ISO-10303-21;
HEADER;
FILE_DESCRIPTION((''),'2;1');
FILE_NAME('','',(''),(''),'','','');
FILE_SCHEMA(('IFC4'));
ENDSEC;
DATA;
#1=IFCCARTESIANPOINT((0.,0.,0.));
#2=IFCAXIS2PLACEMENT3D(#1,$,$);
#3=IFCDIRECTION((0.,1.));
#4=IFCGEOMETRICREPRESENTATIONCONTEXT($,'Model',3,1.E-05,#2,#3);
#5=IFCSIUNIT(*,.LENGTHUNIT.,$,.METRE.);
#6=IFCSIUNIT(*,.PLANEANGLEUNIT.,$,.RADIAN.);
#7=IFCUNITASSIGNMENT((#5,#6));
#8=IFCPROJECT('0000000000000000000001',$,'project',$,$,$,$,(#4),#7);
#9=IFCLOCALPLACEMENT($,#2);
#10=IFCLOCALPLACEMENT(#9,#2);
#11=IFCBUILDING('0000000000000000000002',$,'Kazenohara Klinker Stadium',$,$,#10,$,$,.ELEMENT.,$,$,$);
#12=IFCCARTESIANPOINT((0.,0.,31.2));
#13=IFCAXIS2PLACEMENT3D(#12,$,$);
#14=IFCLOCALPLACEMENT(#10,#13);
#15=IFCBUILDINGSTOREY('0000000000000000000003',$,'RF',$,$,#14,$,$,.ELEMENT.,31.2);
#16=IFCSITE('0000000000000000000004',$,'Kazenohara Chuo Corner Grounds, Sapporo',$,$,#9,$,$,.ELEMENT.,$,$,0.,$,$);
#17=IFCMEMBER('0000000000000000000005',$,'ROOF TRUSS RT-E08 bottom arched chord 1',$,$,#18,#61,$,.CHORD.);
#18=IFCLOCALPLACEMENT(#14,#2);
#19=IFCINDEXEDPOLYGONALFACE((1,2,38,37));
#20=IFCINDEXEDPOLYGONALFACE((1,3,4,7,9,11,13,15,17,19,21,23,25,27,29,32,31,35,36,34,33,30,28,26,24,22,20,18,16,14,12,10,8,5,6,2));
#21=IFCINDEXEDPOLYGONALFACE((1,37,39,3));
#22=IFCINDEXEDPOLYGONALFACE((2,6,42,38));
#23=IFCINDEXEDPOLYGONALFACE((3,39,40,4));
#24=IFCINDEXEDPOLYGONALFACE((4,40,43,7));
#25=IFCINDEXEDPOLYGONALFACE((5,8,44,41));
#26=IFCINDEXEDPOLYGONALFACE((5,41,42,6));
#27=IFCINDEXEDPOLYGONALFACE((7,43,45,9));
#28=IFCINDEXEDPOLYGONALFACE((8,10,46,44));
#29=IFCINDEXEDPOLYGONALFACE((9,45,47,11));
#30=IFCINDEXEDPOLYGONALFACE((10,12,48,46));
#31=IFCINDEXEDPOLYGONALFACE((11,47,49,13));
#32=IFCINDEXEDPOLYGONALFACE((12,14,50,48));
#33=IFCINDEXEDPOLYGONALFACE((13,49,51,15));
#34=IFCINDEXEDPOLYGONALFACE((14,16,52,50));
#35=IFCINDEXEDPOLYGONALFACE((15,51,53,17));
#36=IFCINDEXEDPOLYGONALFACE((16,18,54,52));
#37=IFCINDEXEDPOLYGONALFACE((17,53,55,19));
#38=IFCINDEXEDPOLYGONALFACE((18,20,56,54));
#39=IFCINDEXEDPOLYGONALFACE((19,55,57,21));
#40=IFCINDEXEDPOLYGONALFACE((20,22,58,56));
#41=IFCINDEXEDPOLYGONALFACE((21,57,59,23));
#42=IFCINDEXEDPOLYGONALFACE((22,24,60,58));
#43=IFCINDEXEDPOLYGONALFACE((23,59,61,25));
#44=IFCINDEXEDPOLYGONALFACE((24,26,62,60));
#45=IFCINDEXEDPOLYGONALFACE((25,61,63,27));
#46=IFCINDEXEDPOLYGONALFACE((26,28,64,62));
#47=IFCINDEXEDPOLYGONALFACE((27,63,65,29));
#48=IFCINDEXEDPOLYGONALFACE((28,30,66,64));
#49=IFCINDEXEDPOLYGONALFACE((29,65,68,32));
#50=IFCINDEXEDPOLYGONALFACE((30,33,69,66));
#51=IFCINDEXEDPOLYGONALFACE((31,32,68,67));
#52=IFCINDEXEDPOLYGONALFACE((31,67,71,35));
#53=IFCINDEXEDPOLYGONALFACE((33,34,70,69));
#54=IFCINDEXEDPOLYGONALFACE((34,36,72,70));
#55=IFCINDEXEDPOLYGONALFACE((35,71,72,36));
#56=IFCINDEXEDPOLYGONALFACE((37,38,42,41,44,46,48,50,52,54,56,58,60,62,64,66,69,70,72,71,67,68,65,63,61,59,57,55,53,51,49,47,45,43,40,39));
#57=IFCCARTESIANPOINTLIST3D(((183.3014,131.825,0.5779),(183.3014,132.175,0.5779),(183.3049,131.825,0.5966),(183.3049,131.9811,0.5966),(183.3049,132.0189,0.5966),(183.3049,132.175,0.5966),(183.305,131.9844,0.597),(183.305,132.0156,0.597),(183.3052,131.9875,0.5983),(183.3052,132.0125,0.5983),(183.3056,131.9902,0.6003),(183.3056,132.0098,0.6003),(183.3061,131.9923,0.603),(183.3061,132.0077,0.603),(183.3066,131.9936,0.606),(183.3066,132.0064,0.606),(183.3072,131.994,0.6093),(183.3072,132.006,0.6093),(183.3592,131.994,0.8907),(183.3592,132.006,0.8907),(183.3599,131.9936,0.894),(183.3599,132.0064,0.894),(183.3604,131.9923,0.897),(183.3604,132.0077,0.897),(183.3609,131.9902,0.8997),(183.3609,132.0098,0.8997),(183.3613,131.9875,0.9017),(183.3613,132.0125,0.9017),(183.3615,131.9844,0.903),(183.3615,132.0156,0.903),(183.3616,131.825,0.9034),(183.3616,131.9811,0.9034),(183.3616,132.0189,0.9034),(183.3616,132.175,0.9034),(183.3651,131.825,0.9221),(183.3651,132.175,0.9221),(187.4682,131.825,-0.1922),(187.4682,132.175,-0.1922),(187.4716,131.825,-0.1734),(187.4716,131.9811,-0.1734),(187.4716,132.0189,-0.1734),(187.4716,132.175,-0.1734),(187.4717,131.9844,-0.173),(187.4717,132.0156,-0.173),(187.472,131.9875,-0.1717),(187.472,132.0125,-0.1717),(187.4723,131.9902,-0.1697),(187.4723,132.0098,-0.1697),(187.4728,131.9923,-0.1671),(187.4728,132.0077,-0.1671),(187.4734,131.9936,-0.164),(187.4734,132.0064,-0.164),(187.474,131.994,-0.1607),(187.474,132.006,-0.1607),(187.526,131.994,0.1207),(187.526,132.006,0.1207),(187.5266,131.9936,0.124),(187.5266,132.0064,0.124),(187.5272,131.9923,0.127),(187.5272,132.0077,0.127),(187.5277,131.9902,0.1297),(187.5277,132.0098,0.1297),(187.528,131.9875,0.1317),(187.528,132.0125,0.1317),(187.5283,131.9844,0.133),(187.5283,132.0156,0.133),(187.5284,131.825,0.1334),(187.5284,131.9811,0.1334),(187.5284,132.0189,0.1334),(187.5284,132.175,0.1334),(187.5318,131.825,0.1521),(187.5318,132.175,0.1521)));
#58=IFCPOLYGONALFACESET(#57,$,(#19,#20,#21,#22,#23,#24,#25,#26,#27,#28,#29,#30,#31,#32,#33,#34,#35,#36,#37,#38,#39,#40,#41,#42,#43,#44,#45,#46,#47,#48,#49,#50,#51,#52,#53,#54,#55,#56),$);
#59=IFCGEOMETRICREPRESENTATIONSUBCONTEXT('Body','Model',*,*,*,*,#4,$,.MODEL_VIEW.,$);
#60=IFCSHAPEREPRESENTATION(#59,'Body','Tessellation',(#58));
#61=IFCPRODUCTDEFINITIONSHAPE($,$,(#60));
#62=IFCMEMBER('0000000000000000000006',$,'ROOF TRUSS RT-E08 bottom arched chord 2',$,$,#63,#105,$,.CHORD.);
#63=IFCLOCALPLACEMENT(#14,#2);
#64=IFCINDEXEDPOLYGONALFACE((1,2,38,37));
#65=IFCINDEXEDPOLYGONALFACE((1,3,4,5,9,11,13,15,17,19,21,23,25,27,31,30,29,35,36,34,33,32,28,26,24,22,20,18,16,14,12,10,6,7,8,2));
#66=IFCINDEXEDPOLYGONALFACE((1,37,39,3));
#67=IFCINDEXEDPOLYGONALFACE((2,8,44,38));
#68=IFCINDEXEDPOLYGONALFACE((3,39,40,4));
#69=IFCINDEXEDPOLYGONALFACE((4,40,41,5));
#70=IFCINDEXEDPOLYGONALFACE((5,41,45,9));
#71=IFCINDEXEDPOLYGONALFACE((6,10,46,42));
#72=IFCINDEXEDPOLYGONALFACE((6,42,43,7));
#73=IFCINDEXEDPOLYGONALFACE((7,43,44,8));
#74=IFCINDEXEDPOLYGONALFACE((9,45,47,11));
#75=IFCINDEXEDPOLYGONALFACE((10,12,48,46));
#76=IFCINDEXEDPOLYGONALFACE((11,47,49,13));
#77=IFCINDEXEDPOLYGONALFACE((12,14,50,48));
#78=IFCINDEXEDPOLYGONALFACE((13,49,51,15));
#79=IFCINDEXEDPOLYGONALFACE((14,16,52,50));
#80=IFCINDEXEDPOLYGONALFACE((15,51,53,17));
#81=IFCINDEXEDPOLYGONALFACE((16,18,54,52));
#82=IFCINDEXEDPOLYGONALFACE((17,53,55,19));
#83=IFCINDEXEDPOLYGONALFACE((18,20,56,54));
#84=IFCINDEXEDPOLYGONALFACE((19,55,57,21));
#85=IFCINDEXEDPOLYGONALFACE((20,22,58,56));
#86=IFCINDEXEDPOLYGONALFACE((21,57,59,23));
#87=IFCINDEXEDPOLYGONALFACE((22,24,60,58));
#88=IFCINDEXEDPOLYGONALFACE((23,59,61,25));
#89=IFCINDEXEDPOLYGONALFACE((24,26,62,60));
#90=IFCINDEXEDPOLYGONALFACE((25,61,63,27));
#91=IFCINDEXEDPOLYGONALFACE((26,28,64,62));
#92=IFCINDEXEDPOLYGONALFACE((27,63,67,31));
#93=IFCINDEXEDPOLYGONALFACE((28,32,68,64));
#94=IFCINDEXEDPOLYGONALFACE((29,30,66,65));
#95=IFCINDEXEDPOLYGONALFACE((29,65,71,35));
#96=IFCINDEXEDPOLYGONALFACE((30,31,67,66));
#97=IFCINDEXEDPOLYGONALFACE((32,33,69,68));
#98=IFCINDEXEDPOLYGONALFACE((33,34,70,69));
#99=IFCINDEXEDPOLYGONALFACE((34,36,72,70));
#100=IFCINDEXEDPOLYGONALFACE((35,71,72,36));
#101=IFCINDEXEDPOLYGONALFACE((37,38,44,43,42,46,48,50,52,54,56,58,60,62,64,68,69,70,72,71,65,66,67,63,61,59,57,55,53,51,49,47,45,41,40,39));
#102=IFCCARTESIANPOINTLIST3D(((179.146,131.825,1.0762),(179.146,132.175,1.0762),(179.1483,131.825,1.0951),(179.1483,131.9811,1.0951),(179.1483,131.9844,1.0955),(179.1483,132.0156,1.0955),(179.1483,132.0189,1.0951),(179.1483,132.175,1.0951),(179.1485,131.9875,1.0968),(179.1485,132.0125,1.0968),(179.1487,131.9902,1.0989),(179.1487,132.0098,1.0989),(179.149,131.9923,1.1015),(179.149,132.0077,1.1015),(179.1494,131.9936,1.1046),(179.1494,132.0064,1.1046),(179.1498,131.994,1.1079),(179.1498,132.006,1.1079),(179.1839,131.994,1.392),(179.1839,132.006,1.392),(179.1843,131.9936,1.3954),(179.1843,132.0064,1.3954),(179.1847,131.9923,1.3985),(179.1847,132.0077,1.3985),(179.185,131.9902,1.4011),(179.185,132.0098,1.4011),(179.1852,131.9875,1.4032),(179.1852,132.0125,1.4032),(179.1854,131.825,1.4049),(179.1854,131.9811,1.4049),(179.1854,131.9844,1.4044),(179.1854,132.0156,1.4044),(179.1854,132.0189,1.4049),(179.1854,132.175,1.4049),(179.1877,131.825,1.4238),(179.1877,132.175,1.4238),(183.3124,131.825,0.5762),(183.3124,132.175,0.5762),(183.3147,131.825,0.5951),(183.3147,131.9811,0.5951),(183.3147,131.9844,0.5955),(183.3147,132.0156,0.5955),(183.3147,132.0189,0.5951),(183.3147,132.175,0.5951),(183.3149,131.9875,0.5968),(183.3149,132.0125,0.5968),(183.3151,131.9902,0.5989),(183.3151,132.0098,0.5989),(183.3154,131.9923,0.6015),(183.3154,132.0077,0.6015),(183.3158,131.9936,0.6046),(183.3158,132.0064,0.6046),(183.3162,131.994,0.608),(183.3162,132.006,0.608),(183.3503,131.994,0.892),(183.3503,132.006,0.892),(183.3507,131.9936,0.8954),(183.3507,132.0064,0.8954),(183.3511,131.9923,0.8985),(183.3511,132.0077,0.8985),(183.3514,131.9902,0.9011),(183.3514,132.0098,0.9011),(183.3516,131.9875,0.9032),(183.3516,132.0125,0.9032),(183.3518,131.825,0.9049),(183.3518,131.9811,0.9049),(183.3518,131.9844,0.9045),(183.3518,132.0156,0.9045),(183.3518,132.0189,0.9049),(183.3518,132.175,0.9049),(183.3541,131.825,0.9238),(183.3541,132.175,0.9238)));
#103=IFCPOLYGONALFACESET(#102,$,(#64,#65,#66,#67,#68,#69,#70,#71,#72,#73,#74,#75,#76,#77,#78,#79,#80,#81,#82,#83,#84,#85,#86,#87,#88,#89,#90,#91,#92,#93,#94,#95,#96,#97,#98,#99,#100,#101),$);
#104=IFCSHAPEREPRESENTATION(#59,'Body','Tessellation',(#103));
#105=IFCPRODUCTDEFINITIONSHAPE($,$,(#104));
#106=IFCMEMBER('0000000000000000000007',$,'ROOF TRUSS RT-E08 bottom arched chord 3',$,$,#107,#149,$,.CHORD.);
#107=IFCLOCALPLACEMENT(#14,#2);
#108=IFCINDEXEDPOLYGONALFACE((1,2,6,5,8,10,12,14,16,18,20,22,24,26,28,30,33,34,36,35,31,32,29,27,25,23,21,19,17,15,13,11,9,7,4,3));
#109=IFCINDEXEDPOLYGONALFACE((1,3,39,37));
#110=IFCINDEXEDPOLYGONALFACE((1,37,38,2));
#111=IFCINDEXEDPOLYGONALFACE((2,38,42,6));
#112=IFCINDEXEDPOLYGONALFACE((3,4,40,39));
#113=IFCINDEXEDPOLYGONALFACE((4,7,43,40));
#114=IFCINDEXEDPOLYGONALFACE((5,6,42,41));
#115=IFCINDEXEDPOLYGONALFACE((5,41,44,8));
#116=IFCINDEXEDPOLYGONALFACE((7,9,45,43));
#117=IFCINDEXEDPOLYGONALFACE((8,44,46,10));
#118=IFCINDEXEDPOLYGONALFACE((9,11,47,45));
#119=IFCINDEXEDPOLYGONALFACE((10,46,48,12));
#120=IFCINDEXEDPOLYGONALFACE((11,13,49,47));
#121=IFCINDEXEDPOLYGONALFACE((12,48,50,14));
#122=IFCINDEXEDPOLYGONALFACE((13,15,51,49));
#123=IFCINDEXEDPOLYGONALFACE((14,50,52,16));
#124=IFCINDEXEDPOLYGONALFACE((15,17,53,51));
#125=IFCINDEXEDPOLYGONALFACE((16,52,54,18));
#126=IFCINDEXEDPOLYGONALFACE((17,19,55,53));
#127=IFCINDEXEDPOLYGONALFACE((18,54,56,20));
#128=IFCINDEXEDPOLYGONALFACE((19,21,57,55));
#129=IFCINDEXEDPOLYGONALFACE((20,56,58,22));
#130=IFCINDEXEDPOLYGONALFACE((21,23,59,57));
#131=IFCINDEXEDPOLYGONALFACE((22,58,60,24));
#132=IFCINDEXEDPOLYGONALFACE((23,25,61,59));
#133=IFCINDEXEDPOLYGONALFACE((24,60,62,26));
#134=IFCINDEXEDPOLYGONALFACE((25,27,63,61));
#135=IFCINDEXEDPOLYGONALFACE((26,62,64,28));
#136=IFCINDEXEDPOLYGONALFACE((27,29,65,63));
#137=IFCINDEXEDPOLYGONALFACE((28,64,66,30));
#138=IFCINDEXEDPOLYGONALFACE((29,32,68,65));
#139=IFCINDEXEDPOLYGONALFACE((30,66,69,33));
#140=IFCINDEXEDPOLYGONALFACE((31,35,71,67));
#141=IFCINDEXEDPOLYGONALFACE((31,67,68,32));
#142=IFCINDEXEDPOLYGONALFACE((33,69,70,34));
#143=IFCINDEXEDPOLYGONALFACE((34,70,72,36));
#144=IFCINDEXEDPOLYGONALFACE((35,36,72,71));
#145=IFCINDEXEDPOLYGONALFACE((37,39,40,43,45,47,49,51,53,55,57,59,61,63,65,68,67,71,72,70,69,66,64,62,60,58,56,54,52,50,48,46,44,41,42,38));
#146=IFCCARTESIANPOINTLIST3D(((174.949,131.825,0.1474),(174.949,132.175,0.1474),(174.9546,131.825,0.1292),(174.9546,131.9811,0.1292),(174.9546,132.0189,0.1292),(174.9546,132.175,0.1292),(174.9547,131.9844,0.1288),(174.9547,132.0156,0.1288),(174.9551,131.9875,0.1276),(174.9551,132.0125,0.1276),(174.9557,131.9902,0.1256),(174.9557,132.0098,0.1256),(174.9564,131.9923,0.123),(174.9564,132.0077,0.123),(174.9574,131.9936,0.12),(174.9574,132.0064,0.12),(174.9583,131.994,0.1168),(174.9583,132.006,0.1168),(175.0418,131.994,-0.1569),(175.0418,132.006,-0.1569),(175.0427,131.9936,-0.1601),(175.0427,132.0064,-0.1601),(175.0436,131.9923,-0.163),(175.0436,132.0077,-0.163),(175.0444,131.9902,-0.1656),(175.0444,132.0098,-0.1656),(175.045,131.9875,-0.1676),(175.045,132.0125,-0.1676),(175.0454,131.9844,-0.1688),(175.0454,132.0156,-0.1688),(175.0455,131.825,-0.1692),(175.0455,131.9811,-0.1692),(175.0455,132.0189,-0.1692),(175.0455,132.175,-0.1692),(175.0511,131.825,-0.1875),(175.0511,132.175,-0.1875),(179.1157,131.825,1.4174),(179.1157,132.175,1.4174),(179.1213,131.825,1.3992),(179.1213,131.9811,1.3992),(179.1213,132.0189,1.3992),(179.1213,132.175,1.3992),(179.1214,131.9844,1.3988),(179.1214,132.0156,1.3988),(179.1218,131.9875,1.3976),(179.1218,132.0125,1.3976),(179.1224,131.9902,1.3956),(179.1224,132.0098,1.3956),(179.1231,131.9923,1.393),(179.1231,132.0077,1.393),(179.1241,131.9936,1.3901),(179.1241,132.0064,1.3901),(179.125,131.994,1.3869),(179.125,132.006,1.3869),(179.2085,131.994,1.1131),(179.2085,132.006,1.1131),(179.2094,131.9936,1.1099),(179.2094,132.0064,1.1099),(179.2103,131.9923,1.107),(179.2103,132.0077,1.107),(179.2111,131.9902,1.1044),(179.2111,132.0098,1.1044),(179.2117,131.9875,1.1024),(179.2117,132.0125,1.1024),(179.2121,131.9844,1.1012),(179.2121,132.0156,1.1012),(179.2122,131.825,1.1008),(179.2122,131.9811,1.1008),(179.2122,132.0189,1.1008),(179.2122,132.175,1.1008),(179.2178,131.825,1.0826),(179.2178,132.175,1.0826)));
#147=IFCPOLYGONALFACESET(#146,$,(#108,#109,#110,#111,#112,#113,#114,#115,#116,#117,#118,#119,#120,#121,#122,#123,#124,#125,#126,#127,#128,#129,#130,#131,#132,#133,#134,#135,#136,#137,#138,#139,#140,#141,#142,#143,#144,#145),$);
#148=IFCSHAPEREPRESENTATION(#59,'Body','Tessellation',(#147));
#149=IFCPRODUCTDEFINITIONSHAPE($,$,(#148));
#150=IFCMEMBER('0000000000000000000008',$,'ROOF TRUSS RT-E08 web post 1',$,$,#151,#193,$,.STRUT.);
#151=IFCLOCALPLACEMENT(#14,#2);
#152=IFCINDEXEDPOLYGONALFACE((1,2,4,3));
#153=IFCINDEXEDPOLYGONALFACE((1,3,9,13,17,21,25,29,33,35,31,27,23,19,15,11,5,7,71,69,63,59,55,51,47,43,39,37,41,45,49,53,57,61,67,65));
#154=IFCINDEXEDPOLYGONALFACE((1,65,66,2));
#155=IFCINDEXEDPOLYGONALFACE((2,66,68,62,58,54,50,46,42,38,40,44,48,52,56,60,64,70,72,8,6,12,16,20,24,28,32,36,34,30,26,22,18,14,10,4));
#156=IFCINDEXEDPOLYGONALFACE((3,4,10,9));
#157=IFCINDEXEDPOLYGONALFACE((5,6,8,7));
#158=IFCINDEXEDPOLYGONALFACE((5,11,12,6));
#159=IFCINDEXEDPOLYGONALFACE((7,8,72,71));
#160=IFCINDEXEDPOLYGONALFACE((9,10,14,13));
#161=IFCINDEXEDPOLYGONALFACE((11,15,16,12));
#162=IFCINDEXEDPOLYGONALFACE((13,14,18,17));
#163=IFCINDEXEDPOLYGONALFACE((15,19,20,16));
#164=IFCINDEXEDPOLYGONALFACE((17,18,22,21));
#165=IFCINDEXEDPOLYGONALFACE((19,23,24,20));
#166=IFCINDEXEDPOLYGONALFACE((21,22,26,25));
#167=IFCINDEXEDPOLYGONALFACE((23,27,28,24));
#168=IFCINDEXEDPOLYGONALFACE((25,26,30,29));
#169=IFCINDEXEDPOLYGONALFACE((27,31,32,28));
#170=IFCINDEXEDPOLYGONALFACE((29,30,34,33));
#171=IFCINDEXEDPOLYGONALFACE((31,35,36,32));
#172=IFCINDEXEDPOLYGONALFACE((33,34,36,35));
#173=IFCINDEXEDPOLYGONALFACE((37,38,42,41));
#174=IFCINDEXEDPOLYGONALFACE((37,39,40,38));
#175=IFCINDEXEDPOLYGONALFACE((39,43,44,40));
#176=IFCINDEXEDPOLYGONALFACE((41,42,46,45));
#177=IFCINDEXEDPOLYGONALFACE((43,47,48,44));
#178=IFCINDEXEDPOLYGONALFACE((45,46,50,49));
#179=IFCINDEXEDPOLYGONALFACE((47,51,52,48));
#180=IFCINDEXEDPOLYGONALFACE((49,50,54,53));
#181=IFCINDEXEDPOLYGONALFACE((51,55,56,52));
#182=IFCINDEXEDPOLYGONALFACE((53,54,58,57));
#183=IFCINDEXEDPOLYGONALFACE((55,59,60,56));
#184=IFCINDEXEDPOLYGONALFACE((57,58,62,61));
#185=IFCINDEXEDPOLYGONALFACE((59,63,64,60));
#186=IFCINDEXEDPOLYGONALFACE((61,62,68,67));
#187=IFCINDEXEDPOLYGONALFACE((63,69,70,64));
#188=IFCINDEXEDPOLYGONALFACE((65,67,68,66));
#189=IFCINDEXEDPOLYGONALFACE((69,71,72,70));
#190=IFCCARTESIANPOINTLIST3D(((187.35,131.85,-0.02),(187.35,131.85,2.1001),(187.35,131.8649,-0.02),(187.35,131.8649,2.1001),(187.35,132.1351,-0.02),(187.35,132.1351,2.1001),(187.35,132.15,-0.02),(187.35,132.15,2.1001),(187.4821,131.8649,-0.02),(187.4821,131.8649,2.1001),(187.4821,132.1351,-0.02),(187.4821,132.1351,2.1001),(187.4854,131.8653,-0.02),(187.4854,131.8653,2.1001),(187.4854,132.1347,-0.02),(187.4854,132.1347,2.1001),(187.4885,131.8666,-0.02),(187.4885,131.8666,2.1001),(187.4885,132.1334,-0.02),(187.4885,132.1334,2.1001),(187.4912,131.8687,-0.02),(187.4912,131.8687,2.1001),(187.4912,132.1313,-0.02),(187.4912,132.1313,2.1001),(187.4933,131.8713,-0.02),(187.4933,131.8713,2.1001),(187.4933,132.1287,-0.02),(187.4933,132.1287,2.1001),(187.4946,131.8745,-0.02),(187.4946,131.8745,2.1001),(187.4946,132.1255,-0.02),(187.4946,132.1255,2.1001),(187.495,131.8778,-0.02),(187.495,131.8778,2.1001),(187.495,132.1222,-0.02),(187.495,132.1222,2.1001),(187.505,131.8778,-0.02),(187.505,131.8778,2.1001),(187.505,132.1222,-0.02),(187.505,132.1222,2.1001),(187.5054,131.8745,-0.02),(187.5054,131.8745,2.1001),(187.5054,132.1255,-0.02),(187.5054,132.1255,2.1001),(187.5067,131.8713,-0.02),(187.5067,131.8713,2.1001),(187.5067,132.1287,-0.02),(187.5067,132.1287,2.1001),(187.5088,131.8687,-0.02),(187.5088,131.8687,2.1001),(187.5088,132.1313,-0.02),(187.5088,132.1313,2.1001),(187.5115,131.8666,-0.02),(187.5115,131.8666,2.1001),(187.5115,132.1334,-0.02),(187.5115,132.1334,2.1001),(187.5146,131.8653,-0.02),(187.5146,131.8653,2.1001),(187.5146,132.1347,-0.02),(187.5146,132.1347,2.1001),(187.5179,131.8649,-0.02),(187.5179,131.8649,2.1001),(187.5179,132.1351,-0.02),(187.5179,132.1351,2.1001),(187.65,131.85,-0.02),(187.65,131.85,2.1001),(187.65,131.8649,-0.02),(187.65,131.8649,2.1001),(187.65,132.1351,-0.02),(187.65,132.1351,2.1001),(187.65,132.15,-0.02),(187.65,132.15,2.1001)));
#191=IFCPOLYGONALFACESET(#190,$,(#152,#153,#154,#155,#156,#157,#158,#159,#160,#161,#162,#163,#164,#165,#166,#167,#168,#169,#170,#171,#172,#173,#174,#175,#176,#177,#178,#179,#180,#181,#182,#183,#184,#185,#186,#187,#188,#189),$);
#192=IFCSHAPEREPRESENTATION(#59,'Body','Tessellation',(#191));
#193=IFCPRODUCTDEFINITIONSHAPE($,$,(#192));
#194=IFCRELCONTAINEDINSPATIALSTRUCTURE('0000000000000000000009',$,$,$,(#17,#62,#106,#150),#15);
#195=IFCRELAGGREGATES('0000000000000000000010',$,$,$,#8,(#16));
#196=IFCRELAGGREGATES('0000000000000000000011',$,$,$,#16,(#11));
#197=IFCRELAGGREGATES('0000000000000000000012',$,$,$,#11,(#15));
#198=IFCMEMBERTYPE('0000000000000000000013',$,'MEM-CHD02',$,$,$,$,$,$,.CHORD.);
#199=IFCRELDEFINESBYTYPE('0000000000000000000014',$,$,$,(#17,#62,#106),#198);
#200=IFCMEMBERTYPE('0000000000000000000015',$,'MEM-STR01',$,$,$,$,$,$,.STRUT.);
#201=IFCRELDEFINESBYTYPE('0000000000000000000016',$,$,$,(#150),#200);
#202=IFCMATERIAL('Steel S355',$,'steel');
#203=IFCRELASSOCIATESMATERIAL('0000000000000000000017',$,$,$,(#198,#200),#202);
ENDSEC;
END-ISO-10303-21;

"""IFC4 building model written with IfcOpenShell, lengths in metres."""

from ifc_helpers import new_model, si_unit, direction, frame, origin, origin_2d, place, context, subcontext, project, spatial, i_section, extrude, material, material_profile, profile_set, type_object, element, save


model = new_model("IFC4")

# Units and contexts
model_context = context("Model", 3, precision=1e-05, world=origin(), true_north=direction((0.0, 1.0)))
body_context = subcontext(model_context, "Body", "Model", "MODEL_VIEW")
ifc_project = project(units=[si_unit("LENGTHUNIT", "METRE"), si_unit("PLANEANGLEUNIT", "RADIAN")], contexts=[model_context])

# Site, building, storey
site_placement = place(None, origin())
site = spatial("IfcSite", under=ifc_project, at=site_placement, Name="Kazenohara Chuo Corner Grounds, Sapporo", CompositionType="ELEMENT", RefElevation=0.0)
building_placement = place(site_placement, origin())
building = spatial("IfcBuilding", under=site, at=building_placement, Name="Kazenohara Klinker Stadium", CompositionType="ELEMENT")
storey_placement = place(building_placement, frame((0.0, 0.0, 31.2)))
storey = spatial("IfcBuildingStorey", under=building, at=storey_placement, Name="RF", CompositionType="ELEMENT", Elevation=31.2)

# Members
ifc_material_1 = material(Name="Steel S355", Category="steel")
ifc_material_profile_1 = material_profile(ifc_material_1, i_section(OverallWidth=0.3501, OverallDepth=0.3501, WebThickness=0.012, FlangeThickness=0.019, FilletRadius=0.0129, at=origin_2d()), Name="H-350x350x12x19")
ifc_profile_set_1 = profile_set([ifc_material_profile_1], Name="Steel S355")
member_type_1 = type_object("IfcMemberType", Name="MEM-CHD02", PredefinedType="CHORD", material=ifc_profile_set_1)
member_1_placement = place(storey_placement, frame((187.5, 132.0, -0.02), z_axis=(-0.98335, 0.0, 0.181724), x_axis=(0.0, -1.0, 0.0)))
element("IfcMember", 1, at=member_1_placement, inside=storey, type_object=member_type_1, Name="ROOF TRUSS RT-E08 bottom arched chord 1", PredefinedType="CHORD", context=body_context, shape_type="SweptSolid", body=[
    extrude(i_section(OverallWidth=0.3501, OverallDepth=0.3501, WebThickness=0.012, FlangeThickness=0.019, FilletRadius=0.0129, at=origin_2d()), origin(), (0.0, 0.0, 1.0), 4.2373),
])
member_2_placement = place(storey_placement, frame((183.3333, 132.0, 0.75), z_axis=(-0.992876, 0.0, 0.11915), x_axis=(0.0, -1.0, 0.0)))
element("IfcMember", 2, at=member_2_placement, inside=storey, type_object=member_type_1, Name="ROOF TRUSS RT-E08 bottom arched chord 2", PredefinedType="CHORD", context=body_context, shape_type="SweptSolid", body=[
    extrude(i_section(OverallWidth=0.3501, OverallDepth=0.3501, WebThickness=0.012, FlangeThickness=0.019, FilletRadius=0.0129, at=origin_2d()), origin(), (0.0, 0.0, 1.0), 4.1963),
])
member_3_placement = place(storey_placement, frame((179.1667, 132.0, 1.25), z_axis=(-0.956554, 0.0, -0.291556), x_axis=(0.0, -1.0, 0.0)))
element("IfcMember", 3, at=member_3_placement, inside=storey, type_object=member_type_1, Name="ROOF TRUSS RT-E08 bottom arched chord 3", PredefinedType="CHORD", context=body_context, shape_type="SweptSolid", body=[
    extrude(i_section(OverallWidth=0.3501, OverallDepth=0.3501, WebThickness=0.012, FlangeThickness=0.019, FilletRadius=0.0129, at=origin_2d()), origin(), (0.0, 0.0, 1.0), 4.356),
])
ifc_material_profile_2 = material_profile(ifc_material_1, i_section(OverallWidth=0.3, OverallDepth=0.3, WebThickness=0.01, FlangeThickness=0.0149, FilletRadius=0.0129, at=origin_2d()), Name="H-300x300x10x15")
ifc_profile_set_2 = profile_set([ifc_material_profile_2], Name="Steel S355")
member_type_2 = type_object("IfcMemberType", Name="MEM-STR01", PredefinedType="STRUT", material=ifc_profile_set_2)
member_4_placement = place(storey_placement, frame((187.5, 132.0, -0.02), z_axis=(0.0, 0.0, 1.0), x_axis=(1.0, 0.0, 0.0)))
element("IfcMember", 4, at=member_4_placement, inside=storey, type_object=member_type_2, Name="ROOF TRUSS RT-E08 web post 1", PredefinedType="STRUT", context=body_context, shape_type="SweptSolid", body=[
    extrude(i_section(OverallWidth=0.3, OverallDepth=0.3, WebThickness=0.01, FlangeThickness=0.0149, FilletRadius=0.0129, at=origin_2d()), origin(), (0.0, 0.0, 1.0), 2.1201),
])

save(model, "model.ifc")
